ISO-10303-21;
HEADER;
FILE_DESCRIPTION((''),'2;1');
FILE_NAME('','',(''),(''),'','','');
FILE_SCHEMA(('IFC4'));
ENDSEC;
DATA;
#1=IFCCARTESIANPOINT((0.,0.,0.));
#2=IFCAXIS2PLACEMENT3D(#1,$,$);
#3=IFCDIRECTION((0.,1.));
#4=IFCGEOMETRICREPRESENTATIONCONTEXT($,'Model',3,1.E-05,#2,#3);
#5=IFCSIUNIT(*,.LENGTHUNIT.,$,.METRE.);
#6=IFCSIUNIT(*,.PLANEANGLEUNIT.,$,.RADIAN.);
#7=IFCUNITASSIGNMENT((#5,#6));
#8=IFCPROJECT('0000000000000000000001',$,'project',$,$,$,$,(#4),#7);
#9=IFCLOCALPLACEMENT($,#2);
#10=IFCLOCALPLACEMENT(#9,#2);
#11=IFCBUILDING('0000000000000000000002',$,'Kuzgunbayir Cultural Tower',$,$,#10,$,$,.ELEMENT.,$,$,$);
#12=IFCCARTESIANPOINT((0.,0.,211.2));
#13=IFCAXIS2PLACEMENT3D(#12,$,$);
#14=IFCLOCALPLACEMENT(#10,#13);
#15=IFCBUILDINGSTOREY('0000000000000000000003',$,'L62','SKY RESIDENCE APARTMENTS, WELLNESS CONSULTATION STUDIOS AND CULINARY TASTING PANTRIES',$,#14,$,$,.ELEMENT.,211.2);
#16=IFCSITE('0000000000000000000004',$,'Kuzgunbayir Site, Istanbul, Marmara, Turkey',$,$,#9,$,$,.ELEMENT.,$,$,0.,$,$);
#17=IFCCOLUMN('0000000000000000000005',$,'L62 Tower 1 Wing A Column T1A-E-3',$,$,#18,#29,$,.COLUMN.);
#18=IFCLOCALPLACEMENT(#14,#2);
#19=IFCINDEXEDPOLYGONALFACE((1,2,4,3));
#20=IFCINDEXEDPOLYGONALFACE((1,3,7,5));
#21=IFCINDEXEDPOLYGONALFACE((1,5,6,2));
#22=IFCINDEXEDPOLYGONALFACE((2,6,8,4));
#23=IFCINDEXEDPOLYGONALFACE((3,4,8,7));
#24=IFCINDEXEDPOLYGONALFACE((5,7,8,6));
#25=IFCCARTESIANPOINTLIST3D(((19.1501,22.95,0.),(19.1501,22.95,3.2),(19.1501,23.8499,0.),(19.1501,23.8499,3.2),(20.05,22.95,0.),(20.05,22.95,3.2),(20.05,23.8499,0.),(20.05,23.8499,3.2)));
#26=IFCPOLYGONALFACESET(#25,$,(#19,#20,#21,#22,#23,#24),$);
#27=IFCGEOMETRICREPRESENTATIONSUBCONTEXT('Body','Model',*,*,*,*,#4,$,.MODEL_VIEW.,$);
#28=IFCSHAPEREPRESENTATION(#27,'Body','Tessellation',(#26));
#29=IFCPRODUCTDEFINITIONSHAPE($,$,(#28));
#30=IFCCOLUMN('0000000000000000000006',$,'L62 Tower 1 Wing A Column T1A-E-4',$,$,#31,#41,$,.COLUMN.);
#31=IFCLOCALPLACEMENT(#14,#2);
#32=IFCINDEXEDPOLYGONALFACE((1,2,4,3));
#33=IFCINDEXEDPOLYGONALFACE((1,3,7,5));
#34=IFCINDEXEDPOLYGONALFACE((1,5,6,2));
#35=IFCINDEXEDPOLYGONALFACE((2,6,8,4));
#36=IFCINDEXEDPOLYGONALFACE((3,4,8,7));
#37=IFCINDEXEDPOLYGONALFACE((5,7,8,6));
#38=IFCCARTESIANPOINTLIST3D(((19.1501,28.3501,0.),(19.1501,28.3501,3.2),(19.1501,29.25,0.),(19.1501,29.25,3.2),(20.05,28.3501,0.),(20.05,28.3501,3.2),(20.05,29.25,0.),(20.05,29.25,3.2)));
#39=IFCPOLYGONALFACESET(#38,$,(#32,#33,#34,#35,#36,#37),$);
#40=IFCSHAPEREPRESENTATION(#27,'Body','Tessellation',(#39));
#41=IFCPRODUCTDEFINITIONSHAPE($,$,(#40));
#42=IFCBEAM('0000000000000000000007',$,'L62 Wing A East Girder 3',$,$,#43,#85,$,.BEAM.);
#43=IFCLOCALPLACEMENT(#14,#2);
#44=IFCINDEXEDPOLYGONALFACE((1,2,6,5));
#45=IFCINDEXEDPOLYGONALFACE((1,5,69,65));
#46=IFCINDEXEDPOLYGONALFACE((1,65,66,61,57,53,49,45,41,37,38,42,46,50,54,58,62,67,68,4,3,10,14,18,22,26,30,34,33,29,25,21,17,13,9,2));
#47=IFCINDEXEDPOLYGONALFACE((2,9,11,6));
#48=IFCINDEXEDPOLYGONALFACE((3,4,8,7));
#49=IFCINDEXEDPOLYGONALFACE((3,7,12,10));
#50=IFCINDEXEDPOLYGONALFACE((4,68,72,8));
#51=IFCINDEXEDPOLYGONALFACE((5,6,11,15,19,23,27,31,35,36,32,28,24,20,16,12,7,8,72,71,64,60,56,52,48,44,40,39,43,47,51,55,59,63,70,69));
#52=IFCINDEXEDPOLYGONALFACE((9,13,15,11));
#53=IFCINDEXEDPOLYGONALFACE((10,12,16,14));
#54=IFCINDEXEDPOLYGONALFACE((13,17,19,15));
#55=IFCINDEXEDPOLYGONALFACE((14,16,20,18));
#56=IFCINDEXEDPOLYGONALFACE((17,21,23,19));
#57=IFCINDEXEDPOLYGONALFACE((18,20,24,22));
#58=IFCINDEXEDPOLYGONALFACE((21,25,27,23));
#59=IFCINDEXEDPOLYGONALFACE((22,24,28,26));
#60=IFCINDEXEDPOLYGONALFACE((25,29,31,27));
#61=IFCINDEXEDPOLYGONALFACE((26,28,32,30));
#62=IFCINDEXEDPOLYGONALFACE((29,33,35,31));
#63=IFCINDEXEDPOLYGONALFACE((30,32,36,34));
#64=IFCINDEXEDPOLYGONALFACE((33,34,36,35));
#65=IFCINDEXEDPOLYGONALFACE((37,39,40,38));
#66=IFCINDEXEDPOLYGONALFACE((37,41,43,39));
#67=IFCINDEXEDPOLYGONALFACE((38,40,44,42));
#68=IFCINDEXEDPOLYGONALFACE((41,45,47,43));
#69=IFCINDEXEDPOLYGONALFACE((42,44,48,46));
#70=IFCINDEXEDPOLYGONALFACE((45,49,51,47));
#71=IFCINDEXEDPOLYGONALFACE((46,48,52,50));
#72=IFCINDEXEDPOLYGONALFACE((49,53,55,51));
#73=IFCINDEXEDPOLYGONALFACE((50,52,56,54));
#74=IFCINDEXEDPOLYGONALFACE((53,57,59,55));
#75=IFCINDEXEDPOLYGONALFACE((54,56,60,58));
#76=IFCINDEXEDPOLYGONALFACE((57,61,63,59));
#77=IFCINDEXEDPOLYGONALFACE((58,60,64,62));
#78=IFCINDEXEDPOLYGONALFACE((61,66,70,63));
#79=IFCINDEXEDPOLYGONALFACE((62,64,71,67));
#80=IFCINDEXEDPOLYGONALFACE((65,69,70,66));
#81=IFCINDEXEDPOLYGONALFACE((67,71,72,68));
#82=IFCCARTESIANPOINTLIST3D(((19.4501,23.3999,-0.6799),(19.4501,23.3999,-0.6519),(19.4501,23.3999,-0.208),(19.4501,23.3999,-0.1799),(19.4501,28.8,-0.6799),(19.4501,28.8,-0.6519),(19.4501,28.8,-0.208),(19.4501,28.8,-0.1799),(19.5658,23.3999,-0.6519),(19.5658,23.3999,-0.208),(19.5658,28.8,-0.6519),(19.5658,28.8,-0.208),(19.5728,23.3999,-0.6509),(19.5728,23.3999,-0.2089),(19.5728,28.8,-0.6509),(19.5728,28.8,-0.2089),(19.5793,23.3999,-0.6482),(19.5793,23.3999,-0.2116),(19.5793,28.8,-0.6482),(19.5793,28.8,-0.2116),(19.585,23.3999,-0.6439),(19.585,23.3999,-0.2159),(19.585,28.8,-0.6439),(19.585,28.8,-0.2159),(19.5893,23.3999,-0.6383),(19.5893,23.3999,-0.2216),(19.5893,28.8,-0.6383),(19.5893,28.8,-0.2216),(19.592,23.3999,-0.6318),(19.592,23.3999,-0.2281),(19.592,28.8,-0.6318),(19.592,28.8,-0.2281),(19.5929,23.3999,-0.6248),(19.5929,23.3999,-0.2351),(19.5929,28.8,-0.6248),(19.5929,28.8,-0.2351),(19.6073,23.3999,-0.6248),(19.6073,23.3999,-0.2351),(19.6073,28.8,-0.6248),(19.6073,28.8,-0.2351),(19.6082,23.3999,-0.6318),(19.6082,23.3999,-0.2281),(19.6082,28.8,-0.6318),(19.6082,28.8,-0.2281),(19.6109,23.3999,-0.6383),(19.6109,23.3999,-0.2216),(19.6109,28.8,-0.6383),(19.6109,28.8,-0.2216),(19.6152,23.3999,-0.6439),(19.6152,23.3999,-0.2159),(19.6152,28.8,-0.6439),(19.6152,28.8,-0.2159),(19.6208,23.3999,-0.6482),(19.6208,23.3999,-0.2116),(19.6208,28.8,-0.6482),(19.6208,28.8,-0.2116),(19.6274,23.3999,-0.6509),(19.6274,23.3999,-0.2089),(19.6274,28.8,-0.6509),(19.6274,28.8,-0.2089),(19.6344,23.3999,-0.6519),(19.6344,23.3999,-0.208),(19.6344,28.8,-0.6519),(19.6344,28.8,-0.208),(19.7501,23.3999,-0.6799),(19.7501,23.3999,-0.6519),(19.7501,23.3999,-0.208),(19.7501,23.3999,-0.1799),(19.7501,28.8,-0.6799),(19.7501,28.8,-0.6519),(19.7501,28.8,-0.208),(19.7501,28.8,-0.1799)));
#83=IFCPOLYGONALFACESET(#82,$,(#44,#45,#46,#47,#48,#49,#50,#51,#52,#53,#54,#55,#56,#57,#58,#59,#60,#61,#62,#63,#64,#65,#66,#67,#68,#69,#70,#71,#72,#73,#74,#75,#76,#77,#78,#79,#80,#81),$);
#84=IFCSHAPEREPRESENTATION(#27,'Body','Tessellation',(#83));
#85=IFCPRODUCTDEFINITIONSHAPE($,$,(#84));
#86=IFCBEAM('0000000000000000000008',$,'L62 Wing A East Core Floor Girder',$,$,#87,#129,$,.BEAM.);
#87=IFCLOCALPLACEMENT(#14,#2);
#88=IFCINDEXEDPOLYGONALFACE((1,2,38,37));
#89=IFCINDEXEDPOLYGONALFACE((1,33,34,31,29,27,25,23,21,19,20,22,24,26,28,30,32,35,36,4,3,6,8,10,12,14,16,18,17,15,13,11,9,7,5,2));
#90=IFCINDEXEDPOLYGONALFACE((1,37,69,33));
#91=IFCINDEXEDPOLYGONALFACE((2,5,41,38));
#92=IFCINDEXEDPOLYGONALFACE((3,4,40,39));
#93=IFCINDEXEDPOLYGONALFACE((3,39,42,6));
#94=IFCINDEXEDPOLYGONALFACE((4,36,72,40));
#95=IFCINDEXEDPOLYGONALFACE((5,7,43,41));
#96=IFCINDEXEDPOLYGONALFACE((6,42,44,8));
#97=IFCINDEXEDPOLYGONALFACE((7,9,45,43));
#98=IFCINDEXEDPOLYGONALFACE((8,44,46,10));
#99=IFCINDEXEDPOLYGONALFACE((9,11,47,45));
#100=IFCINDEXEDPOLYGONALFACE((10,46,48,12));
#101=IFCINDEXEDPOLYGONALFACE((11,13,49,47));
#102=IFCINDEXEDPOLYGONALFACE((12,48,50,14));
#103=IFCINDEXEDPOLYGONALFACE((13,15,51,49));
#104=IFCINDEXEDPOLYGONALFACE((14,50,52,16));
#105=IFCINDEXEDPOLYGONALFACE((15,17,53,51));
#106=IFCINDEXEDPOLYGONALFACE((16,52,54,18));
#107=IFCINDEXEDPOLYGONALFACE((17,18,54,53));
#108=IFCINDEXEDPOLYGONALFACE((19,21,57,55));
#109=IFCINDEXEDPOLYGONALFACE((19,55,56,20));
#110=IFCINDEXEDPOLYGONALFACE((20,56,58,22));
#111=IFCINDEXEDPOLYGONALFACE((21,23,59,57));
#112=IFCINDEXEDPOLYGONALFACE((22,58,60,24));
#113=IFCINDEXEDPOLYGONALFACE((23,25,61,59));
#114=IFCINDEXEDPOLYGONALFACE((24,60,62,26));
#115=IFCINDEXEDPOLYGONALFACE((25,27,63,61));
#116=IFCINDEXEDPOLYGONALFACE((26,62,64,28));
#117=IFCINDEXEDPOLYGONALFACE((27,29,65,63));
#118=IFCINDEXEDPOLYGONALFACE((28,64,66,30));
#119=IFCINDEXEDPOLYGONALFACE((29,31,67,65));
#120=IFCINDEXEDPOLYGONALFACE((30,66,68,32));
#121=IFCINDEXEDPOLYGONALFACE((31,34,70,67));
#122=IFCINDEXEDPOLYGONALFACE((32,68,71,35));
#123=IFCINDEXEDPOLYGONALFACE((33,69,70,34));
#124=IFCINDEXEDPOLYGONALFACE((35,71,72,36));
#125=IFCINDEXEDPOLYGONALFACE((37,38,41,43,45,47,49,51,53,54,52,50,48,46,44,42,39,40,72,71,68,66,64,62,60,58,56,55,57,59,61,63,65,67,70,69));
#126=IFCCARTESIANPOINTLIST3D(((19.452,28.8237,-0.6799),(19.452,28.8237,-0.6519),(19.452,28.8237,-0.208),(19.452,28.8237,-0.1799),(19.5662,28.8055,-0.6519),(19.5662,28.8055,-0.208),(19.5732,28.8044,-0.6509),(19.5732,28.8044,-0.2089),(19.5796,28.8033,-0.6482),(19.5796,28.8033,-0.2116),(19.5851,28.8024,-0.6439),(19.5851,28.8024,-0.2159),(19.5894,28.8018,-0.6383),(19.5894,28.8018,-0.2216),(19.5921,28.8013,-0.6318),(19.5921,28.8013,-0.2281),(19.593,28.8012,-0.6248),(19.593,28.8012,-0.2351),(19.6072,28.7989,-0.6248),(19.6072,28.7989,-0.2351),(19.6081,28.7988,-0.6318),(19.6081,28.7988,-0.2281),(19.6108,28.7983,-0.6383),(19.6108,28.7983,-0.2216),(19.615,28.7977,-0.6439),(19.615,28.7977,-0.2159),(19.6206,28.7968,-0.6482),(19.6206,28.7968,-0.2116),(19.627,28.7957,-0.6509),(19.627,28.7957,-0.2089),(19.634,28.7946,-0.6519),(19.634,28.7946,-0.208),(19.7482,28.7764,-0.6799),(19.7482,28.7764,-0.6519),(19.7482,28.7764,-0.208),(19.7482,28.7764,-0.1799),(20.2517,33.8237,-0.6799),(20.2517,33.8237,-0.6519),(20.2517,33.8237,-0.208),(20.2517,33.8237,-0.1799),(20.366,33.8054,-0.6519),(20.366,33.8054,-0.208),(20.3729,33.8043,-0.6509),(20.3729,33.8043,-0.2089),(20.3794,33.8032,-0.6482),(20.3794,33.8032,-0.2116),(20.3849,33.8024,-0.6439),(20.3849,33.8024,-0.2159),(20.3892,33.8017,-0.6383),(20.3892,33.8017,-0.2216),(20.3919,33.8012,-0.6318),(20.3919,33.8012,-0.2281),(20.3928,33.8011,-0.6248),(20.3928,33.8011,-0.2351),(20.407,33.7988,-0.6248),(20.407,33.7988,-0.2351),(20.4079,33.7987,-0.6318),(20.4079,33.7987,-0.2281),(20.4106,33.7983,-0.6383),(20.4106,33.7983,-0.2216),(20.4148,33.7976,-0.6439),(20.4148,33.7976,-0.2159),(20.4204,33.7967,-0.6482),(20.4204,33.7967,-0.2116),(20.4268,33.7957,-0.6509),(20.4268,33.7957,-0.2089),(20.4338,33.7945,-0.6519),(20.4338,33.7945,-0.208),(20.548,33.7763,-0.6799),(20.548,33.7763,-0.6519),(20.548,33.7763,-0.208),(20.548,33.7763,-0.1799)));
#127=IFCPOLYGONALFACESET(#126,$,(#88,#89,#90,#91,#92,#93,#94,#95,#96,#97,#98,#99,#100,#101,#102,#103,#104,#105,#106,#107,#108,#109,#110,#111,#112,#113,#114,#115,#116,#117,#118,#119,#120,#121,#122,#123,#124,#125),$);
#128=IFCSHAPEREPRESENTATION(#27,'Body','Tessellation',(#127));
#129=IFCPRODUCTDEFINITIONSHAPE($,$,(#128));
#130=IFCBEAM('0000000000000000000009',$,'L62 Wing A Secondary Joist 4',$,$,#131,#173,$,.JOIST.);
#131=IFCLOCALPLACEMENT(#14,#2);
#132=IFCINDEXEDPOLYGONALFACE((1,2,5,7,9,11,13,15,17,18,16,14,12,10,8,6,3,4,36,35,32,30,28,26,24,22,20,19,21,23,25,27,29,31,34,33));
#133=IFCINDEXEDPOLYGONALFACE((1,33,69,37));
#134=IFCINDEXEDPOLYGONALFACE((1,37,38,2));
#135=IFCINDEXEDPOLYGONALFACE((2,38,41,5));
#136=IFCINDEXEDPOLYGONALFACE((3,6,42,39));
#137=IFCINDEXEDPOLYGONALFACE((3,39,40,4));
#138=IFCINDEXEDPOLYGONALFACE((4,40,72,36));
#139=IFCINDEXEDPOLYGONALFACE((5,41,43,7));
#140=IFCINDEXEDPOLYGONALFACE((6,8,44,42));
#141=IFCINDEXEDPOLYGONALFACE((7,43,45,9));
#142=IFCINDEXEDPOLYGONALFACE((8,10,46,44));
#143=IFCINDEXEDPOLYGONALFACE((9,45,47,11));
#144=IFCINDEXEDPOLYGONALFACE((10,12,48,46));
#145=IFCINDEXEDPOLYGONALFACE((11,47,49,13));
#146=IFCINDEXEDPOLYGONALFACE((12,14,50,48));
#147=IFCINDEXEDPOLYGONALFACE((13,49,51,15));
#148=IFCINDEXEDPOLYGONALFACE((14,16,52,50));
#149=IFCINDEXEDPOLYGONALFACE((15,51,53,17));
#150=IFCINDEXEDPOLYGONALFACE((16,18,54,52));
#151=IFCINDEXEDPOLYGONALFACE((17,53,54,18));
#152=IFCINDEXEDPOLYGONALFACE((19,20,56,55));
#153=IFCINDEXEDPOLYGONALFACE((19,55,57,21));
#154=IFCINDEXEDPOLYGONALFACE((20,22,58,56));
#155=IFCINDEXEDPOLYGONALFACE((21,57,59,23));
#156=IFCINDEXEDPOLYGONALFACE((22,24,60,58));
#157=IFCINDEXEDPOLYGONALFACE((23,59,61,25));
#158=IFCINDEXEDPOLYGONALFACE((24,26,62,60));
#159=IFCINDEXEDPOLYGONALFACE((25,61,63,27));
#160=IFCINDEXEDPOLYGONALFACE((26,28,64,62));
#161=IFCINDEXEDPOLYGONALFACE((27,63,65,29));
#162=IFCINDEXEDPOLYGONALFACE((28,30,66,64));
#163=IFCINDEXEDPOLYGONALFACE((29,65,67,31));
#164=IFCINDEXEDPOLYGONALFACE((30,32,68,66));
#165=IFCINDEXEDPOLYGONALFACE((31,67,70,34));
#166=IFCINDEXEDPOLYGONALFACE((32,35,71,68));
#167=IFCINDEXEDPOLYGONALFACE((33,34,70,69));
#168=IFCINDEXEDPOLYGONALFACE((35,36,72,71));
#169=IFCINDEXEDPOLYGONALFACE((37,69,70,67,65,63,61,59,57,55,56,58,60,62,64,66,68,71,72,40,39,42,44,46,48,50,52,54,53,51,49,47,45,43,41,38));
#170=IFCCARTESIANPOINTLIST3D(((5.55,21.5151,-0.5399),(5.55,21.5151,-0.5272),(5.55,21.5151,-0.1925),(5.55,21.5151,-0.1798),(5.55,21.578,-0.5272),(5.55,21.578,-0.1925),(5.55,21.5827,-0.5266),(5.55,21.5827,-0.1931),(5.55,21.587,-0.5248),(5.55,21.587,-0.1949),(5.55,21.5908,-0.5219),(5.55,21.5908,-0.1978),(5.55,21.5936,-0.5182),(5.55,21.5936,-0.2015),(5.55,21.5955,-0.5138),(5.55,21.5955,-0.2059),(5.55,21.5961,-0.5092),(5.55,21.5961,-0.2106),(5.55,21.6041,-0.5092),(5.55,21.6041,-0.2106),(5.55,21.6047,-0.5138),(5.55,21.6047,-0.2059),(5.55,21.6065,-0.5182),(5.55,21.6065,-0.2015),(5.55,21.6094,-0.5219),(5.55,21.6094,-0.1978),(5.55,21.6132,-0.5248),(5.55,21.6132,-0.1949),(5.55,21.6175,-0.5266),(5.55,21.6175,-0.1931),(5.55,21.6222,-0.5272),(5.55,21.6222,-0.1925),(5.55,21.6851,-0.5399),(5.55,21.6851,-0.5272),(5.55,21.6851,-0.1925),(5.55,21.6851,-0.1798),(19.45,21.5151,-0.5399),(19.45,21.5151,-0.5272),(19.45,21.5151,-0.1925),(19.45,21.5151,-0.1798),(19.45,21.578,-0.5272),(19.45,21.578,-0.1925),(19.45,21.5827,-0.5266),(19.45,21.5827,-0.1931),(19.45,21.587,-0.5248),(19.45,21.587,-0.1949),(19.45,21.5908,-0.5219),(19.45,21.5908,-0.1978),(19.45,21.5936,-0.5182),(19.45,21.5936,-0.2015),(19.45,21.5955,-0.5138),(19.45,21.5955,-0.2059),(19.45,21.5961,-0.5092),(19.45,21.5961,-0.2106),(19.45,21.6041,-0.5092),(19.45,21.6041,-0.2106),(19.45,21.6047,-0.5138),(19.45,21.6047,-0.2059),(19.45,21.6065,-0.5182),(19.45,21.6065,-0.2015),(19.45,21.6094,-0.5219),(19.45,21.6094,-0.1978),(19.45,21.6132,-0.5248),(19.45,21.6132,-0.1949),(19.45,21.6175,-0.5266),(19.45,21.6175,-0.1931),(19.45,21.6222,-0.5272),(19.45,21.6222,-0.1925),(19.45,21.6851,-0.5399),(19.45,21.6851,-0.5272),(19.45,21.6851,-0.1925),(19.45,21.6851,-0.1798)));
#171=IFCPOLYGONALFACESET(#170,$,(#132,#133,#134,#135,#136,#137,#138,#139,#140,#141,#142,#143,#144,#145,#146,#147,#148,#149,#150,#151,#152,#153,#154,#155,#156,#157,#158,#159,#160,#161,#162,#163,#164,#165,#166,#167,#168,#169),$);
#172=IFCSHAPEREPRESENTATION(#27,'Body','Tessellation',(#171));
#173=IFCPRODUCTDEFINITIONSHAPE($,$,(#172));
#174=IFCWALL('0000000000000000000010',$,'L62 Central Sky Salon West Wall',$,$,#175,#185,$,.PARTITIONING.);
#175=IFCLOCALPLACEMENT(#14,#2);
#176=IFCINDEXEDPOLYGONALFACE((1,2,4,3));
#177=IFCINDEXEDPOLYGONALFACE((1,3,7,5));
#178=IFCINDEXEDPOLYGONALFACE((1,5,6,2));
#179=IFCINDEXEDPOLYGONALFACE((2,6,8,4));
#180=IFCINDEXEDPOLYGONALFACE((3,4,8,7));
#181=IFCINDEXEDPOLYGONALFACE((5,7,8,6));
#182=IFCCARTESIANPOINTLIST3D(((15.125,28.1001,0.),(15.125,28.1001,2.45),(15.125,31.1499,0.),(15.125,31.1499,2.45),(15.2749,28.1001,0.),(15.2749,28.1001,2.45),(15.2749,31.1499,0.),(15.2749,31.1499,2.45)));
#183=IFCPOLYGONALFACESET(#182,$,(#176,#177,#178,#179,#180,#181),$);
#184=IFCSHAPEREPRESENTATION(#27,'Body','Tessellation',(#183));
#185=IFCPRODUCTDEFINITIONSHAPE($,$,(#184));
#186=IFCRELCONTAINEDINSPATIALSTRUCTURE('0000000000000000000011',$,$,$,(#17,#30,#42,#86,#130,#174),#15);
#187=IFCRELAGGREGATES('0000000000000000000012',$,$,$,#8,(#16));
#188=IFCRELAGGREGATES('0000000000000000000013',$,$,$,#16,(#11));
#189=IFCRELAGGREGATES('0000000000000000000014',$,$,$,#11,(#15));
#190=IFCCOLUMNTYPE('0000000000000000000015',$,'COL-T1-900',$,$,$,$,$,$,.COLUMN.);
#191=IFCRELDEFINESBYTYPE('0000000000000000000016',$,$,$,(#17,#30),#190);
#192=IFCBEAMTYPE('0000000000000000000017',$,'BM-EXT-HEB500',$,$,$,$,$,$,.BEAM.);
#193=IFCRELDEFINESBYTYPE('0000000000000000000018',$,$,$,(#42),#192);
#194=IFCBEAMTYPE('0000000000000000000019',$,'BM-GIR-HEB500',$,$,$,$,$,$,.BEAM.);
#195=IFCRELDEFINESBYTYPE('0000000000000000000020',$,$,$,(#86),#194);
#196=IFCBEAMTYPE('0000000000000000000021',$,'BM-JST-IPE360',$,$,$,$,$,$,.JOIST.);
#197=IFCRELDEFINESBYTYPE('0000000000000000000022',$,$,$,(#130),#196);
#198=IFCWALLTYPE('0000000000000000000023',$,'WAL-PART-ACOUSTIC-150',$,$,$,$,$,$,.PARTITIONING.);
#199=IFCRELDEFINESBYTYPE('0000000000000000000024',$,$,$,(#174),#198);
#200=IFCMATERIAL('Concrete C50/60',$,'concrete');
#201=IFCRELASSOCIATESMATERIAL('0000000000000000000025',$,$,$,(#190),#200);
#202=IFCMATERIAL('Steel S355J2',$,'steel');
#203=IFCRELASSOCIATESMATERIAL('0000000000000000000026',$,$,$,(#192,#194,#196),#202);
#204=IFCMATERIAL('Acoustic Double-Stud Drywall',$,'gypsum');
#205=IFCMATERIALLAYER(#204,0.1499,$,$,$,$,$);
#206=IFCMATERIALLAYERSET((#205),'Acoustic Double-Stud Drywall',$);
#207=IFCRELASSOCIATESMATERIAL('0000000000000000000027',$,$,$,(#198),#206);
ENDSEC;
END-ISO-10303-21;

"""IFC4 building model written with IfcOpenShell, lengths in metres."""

from ifc_helpers import new_model, si_unit, direction, frame, frame_2d, origin, origin_2d, place, context, subcontext, project, spatial, rectangle, i_section, extrude, material, layer, layer_set, material_profile, profile_set, type_object, element, save


model = new_model("IFC4")

# Units and contexts
model_context = context("Model", 3, precision=1e-05, world=origin(), true_north=direction((0.0, 1.0)))
body_context = subcontext(model_context, "Body", "Model", "MODEL_VIEW")
ifc_project = project(units=[si_unit("LENGTHUNIT", "METRE"), si_unit("PLANEANGLEUNIT", "RADIAN")], contexts=[model_context])

# Site, building, storey
site_placement = place(None, origin())
site = spatial("IfcSite", under=ifc_project, at=site_placement, Name="Kuzgunbayir Site, Istanbul, Marmara, Turkey", CompositionType="ELEMENT", RefElevation=0.0)
building_placement = place(site_placement, origin())
building = spatial("IfcBuilding", under=site, at=building_placement, Name="Kuzgunbayir Cultural Tower", CompositionType="ELEMENT")
storey_placement = place(building_placement, frame((0.0, 0.0, 211.2)))
storey = spatial("IfcBuildingStorey", under=building, at=storey_placement, Name="L62", Description="SKY RESIDENCE APARTMENTS, WELLNESS CONSULTATION STUDIOS AND CULINARY TASTING PANTRIES", CompositionType="ELEMENT", Elevation=211.2)

# Columns
ifc_material_1 = material(Name="Concrete C50/60", Category="concrete")
ifc_material_profile_1 = material_profile(ifc_material_1, rectangle(XDim=0.8999, YDim=0.8999, at=origin_2d()), Name="RC 900x900")
ifc_profile_set_1 = profile_set([ifc_material_profile_1], Name="Concrete C50/60")
column_type = type_object("IfcColumnType", Name="COL-T1-900", PredefinedType="COLUMN", material=ifc_profile_set_1)
for number, where, z_axis, x_axis, name in (
    (1, (19.6001, 23.3999, 0.0), (0.0, 0.0, 1.0), (1.0, 0.0, 0.0), "L62 Tower 1 Wing A Column T1A-E-3"),
    (2, (19.6001, 28.8, 0.0), (0.0, 0.0, 1.0), (1.0, 0.0, 0.0), "L62 Tower 1 Wing A Column T1A-E-4"),
):
    element("IfcColumn", number, at=place(storey_placement, frame(where, z_axis=z_axis, x_axis=x_axis)), inside=storey, type_object=column_type, Name=name, PredefinedType="COLUMN", context=body_context, shape_type="SweptSolid", body=[
        extrude(rectangle(XDim=0.8999, YDim=0.8999, at=origin_2d()), origin(), (0.0, 0.0, 1.0), 3.2),
    ])

# Beams
ifc_material_2 = material(Name="Steel S355J2", Category="steel")
ifc_material_profile_2 = material_profile(ifc_material_2, i_section(OverallWidth=0.3, OverallDepth=0.5, WebThickness=0.0144, FlangeThickness=0.0281, FilletRadius=0.0271, at=origin_2d()), Name="HEB 500")
ifc_profile_set_2 = profile_set([ifc_material_profile_2], Name="Steel S355J2")
beam_type_1 = type_object("IfcBeamType", Name="BM-EXT-HEB500", PredefinedType="BEAM", material=ifc_profile_set_2)
beam_1_placement = place(storey_placement, frame((19.6001, 23.3999, -0.4299), z_axis=(0.0, 1.0, 0.0), x_axis=(-1.0, 0.0, 0.0)))
element("IfcBeam", 3, at=beam_1_placement, inside=storey, type_object=beam_type_1, Name="L62 Wing A East Girder 3", PredefinedType="BEAM", context=body_context, shape_type="SweptSolid", body=[
    extrude(i_section(OverallWidth=0.3, OverallDepth=0.5, WebThickness=0.0144, FlangeThickness=0.0281, FilletRadius=0.0271, at=origin_2d()), origin(), (0.0, 0.0, 1.0), 5.4001),
])
ifc_material_profile_3 = material_profile(ifc_material_2, i_section(OverallWidth=0.3, OverallDepth=0.5, WebThickness=0.0144, FlangeThickness=0.0281, FilletRadius=0.0271, at=origin_2d()), Name="HEB 500")
ifc_profile_set_3 = profile_set([ifc_material_profile_3], Name="Steel S355J2")
beam_type_2 = type_object("IfcBeamType", Name="BM-GIR-HEB500", PredefinedType="BEAM", material=ifc_profile_set_3)
beam_2_placement = place(storey_placement, frame((19.6001, 28.8, -0.4299), z_axis=(0.157953, 0.987447, 0.0), x_axis=(-0.987447, 0.157953, 0.0)))
element("IfcBeam", 4, at=beam_2_placement, inside=storey, type_object=beam_type_2, Name="L62 Wing A East Core Floor Girder", PredefinedType="BEAM", context=body_context, shape_type="SweptSolid", body=[
    extrude(i_section(OverallWidth=0.3, OverallDepth=0.5, WebThickness=0.0144, FlangeThickness=0.0281, FilletRadius=0.0271, at=origin_2d()), origin(), (0.0, 0.0, 1.0), 5.0635),
])
ifc_material_profile_4 = material_profile(ifc_material_2, i_section(OverallWidth=0.1699, OverallDepth=0.3601, WebThickness=0.0081, FlangeThickness=0.0127, FilletRadius=0.0181, at=origin_2d()), Name="IPE 360")
ifc_profile_set_4 = profile_set([ifc_material_profile_4], Name="Steel S355J2")
beam_type_3 = type_object("IfcBeamType", Name="BM-JST-IPE360", PredefinedType="JOIST", material=ifc_profile_set_4)
beam_3_placement = place(storey_placement, frame((5.55, 21.6001, -0.3599), z_axis=(1.0, 0.0, 0.0), x_axis=(0.0, 1.0, 0.0)))
element("IfcBeam", 5, at=beam_3_placement, inside=storey, type_object=beam_type_3, Name="L62 Wing A Secondary Joist 4", PredefinedType="JOIST", context=body_context, shape_type="SweptSolid", body=[
    extrude(i_section(OverallWidth=0.1699, OverallDepth=0.3601, WebThickness=0.0081, FlangeThickness=0.0127, FilletRadius=0.0181, at=origin_2d()), origin(), (0.0, 0.0, 1.0), 13.8999),
])

# Shared definitions
ifc_material_3 = material(Name="Acoustic Double-Stud Drywall", Category="gypsum")
ifc_layer_1 = layer(ifc_material_3, 0.1499)
ifc_layer_set_1 = layer_set([ifc_layer_1], Name="Acoustic Double-Stud Drywall")
wall_type_1 = type_object("IfcWallType", Name="WAL-PART-ACOUSTIC-150", PredefinedType="PARTITIONING", material=ifc_layer_set_1)

# Wall
wall_1_placement = place(storey_placement, frame((15.2, 28.1001, 0.0), z_axis=(0.0, 0.0, 1.0), x_axis=(0.0, 1.0, 0.0)))
element("IfcWall", 6, at=wall_1_placement, inside=storey, type_object=wall_type_1, Name="L62 Central Sky Salon West Wall", PredefinedType="PARTITIONING", context=body_context, shape_type="SweptSolid", body=[
    extrude(rectangle(XDim=3.0498, YDim=0.1499, at=frame_2d((1.5249, 0.0))), origin(), (0.0, 0.0, 1.0), 2.45),
])

save(model, "model.ifc")
